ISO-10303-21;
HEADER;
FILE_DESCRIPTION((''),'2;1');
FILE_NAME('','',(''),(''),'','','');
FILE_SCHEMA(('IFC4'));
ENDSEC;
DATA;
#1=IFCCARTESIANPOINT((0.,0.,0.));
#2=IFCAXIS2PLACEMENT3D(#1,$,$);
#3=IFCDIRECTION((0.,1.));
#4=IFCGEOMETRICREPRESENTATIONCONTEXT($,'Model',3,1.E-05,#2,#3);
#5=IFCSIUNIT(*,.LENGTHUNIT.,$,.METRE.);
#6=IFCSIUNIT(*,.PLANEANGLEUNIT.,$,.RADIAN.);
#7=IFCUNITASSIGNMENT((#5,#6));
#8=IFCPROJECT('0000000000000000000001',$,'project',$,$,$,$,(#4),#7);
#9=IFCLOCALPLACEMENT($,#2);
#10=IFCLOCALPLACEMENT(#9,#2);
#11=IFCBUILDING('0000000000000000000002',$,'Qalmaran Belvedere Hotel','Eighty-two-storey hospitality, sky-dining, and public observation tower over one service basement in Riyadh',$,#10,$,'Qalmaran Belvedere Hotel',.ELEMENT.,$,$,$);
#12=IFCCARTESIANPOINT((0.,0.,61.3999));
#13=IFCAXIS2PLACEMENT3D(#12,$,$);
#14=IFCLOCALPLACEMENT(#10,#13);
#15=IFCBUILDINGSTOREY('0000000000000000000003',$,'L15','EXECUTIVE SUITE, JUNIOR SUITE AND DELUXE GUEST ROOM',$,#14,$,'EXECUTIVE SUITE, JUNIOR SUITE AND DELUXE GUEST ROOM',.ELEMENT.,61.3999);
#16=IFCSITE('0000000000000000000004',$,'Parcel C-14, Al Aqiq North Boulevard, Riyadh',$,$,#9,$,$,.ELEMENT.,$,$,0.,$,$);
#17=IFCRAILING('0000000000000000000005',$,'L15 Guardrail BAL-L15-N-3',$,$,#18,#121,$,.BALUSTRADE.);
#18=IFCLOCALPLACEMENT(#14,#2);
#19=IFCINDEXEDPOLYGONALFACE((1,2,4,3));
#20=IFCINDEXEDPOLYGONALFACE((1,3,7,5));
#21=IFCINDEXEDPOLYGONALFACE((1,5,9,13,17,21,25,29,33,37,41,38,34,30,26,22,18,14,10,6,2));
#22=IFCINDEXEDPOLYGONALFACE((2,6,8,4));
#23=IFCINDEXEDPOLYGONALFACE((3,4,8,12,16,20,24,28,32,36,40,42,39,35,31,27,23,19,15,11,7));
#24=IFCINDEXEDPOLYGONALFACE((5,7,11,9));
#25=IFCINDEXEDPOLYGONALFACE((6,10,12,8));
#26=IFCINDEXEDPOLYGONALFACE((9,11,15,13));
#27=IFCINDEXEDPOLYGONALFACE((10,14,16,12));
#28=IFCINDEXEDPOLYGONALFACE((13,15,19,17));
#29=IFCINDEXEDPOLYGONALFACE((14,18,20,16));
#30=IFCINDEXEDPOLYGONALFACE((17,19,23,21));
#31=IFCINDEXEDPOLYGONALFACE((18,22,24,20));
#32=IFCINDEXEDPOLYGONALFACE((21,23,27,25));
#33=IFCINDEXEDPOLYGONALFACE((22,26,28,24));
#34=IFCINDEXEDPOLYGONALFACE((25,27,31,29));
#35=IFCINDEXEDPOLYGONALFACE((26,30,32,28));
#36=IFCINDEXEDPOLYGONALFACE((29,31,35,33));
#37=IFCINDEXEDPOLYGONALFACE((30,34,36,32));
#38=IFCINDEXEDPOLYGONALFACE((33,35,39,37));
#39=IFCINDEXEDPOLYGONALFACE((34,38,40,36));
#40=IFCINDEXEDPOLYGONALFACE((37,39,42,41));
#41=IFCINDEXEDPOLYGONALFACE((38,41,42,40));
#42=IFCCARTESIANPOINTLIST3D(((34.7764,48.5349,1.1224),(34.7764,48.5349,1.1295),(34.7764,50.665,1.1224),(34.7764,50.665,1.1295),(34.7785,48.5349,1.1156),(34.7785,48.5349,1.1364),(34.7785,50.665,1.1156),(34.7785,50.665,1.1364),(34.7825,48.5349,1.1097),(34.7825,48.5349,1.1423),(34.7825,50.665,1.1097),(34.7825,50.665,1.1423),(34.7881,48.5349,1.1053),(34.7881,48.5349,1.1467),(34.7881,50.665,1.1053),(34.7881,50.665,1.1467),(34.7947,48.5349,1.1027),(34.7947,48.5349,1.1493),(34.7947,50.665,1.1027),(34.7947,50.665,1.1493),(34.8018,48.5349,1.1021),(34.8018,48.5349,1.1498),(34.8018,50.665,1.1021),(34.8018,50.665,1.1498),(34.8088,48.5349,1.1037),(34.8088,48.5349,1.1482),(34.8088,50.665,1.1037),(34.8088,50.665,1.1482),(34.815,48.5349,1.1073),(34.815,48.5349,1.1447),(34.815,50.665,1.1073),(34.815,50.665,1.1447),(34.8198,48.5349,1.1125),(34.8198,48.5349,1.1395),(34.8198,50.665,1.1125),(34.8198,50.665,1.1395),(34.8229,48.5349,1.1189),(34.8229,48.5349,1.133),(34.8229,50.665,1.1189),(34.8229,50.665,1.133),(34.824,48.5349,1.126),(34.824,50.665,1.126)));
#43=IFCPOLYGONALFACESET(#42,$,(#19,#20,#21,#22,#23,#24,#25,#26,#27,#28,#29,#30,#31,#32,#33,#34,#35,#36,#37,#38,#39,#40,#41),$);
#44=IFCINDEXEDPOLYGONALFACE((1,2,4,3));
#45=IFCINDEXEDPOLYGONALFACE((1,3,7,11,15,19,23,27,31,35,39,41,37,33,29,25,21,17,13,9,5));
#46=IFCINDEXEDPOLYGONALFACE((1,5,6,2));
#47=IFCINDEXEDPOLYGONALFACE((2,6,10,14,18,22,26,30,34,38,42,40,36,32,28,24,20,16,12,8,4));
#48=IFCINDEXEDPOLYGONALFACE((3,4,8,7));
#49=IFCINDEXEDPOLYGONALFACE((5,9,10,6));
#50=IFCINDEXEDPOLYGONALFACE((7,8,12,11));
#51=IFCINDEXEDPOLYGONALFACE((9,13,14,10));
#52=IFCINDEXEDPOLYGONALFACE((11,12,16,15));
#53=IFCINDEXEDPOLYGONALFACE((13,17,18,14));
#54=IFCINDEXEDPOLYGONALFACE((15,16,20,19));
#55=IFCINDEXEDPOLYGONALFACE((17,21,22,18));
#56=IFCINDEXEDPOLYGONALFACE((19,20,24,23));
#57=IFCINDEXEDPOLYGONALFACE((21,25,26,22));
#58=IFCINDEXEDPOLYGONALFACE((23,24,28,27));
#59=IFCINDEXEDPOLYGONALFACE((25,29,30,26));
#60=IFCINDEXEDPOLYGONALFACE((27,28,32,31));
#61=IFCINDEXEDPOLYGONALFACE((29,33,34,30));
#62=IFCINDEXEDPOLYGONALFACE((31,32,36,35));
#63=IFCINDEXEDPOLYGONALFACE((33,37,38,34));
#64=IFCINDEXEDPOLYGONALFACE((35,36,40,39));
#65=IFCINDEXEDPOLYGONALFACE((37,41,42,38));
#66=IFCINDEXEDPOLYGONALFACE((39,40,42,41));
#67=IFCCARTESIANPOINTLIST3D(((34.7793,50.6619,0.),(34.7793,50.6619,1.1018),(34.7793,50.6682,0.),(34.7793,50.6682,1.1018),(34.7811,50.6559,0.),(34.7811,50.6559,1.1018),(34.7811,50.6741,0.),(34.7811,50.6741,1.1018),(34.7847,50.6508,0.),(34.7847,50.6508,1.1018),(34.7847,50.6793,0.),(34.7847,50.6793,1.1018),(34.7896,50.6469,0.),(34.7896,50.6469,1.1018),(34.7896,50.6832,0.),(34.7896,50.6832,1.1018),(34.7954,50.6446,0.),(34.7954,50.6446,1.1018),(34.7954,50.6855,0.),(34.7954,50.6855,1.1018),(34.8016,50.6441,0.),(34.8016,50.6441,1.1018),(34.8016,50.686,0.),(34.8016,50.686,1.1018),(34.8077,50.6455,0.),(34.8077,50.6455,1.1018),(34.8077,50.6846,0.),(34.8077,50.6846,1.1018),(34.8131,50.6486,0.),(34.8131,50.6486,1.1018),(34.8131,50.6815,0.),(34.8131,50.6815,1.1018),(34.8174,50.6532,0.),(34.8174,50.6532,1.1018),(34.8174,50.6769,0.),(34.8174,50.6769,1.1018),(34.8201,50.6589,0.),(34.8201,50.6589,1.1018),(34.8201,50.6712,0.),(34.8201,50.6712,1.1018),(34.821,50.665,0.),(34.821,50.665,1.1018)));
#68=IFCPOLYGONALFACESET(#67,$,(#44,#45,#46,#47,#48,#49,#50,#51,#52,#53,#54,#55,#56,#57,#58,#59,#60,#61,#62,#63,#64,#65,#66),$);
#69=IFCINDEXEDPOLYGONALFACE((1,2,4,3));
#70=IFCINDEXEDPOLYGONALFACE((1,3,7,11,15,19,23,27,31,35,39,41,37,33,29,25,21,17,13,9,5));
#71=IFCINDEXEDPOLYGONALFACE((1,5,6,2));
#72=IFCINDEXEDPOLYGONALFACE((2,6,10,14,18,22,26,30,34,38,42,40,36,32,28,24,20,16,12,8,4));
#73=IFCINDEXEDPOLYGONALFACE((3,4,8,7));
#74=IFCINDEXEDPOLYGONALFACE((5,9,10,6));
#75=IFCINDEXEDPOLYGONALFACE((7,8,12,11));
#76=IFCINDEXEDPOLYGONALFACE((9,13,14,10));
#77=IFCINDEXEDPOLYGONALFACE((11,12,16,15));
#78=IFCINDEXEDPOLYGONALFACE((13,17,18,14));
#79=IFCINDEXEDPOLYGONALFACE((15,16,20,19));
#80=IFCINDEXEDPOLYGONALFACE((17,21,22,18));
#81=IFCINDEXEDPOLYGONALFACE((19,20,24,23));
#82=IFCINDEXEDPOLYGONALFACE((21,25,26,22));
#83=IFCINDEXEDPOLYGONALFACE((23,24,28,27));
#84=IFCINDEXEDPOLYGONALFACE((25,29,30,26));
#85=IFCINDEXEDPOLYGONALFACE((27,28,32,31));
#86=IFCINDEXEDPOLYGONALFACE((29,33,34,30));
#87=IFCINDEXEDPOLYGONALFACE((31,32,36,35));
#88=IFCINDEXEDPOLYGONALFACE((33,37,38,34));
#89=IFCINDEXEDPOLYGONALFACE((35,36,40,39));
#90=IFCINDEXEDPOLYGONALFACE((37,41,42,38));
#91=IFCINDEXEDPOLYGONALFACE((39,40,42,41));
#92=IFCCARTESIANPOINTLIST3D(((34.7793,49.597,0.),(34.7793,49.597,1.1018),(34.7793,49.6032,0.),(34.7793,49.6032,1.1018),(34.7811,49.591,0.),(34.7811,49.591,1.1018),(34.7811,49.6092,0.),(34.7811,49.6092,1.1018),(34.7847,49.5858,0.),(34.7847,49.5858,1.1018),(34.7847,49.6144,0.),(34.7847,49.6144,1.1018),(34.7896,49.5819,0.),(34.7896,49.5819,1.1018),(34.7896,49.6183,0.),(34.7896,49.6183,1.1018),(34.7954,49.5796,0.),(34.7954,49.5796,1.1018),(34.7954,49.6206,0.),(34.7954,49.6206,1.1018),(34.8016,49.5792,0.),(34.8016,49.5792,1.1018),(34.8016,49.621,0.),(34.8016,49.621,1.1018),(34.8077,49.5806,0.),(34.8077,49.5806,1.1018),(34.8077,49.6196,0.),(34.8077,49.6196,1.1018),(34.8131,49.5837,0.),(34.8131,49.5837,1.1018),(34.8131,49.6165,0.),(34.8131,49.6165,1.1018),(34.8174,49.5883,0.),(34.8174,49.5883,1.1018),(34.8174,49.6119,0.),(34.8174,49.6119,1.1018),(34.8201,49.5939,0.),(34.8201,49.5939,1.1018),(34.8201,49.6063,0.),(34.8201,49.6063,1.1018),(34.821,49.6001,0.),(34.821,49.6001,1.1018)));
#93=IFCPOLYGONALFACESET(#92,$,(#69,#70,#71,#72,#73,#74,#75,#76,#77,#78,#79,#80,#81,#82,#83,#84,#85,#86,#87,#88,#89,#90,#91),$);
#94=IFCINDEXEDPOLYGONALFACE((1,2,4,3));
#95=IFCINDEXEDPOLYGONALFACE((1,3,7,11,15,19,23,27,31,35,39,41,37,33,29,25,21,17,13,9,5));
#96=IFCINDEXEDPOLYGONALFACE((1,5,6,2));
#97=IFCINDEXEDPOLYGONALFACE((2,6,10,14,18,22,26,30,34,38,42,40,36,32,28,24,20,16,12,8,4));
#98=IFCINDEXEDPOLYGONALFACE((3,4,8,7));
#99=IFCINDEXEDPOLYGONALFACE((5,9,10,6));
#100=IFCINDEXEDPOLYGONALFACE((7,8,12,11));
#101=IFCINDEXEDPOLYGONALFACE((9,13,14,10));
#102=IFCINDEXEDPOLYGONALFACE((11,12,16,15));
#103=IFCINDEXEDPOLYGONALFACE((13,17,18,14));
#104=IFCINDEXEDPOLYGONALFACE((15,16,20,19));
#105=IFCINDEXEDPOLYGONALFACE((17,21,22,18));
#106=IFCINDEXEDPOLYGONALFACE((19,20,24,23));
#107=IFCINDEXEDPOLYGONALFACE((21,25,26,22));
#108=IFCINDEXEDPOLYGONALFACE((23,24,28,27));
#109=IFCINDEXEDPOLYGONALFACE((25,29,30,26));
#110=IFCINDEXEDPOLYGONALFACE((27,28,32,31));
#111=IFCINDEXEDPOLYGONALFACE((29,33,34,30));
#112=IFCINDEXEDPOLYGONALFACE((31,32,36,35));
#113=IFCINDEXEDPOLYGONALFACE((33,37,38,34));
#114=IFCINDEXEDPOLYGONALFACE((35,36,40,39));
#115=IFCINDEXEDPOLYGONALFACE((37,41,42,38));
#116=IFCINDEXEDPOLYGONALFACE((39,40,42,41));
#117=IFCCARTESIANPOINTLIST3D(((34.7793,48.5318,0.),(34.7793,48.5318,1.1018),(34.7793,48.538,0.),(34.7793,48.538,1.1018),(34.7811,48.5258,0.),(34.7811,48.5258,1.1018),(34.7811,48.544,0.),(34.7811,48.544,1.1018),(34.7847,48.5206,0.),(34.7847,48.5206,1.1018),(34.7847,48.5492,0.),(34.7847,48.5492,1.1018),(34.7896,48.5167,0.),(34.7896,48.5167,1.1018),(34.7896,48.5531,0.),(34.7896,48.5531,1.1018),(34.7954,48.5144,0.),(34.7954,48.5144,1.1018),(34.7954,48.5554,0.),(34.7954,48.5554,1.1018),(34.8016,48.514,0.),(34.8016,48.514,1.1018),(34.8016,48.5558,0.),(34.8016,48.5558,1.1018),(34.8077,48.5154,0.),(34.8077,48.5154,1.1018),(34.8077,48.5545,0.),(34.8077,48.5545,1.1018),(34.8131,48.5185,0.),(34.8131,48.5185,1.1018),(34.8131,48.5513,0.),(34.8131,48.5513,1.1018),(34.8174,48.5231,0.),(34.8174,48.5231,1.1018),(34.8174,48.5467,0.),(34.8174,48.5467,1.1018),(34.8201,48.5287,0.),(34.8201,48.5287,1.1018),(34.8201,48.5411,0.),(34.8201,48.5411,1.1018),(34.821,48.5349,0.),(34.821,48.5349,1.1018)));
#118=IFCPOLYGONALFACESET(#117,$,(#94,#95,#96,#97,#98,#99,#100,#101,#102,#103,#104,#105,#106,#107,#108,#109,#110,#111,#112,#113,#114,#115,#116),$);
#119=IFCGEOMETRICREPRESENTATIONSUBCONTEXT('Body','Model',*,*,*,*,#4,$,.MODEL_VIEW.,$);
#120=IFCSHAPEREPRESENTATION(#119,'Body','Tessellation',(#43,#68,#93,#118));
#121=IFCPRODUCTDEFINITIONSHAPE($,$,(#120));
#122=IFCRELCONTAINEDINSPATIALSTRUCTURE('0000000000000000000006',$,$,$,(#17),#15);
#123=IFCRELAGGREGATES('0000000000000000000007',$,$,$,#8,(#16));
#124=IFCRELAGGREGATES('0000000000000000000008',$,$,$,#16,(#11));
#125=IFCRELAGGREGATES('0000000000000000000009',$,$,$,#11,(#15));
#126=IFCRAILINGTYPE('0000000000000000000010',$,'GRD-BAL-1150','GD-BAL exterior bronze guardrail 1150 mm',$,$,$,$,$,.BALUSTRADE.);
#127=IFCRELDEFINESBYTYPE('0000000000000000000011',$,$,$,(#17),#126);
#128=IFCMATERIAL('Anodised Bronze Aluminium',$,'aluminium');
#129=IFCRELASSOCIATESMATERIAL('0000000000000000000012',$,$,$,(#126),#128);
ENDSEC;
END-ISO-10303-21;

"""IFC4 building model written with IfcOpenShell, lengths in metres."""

from ifc_helpers import new_model, si_unit, direction, frame, origin, origin_2d, place, context, subcontext, project, spatial, circle, extrude, material, type_object, element, save


model = new_model("IFC4")

# Units and contexts
model_context = context("Model", 3, precision=1e-05, world=origin(), true_north=direction((0.0, 1.0)))
body_context = subcontext(model_context, "Body", "Model", "MODEL_VIEW")
ifc_project = project(units=[si_unit("LENGTHUNIT", "METRE"), si_unit("PLANEANGLEUNIT", "RADIAN")], contexts=[model_context])

# Site, building, storey
site_placement = place(None, origin())
site = spatial("IfcSite", under=ifc_project, at=site_placement, Name="Parcel C-14, Al Aqiq North Boulevard, Riyadh", CompositionType="ELEMENT", RefElevation=0.0)
building_placement = place(site_placement, origin())
building = spatial("IfcBuilding", under=site, at=building_placement, Name="Qalmaran Belvedere Hotel", Description="Eighty-two-storey hospitality, sky-dining, and public observation tower over one service basement in Riyadh", LongName="Qalmaran Belvedere Hotel", CompositionType="ELEMENT")
storey_placement = place(building_placement, frame((0.0, 0.0, 61.3999)))
storey = spatial("IfcBuildingStorey", under=building, at=storey_placement, Name="L15", Description="EXECUTIVE SUITE, JUNIOR SUITE AND DELUXE GUEST ROOM", LongName="EXECUTIVE SUITE, JUNIOR SUITE AND DELUXE GUEST ROOM", CompositionType="ELEMENT", Elevation=61.3999)

# Shared definitions
ifc_material_1 = material(Name="Anodised Bronze Aluminium", Category="aluminium")

# Railing
railing_type = type_object("IfcRailingType", Name="GRD-BAL-1150", Description="GD-BAL exterior bronze guardrail 1150 mm", PredefinedType="BALUSTRADE", material=ifc_material_1)
railing_1_placement = place(storey_placement, frame((34.8, 50.665, 0.0)))
element("IfcRailing", 1, at=railing_1_placement, inside=storey, type_object=railing_type, Name="L15 Guardrail BAL-L15-N-3", PredefinedType="BALUSTRADE", context=body_context, shape_type="SweptSolid", body=[
    extrude(circle(Radius=0.0239, at=origin_2d()), frame((0.0, 0.0, 1.126), z_axis=(0.0, -1.0, 0.0), x_axis=(1.0, 0.0, 0.0)), (0.0, 0.0, 1.0), 2.1301),
    extrude(circle(Radius=0.021, at=origin_2d()), origin(), (0.0, 0.0, 1.0), 1.1018),
    extrude(circle(Radius=0.021, at=origin_2d()), frame((0.0, -1.0649, 0.0)), (0.0, 0.0, 1.0), 1.1018),
    extrude(circle(Radius=0.021, at=origin_2d()), frame((0.0, -2.1301, 0.0)), (0.0, 0.0, 1.0), 1.1018),
])

save(model, "model.ifc")
